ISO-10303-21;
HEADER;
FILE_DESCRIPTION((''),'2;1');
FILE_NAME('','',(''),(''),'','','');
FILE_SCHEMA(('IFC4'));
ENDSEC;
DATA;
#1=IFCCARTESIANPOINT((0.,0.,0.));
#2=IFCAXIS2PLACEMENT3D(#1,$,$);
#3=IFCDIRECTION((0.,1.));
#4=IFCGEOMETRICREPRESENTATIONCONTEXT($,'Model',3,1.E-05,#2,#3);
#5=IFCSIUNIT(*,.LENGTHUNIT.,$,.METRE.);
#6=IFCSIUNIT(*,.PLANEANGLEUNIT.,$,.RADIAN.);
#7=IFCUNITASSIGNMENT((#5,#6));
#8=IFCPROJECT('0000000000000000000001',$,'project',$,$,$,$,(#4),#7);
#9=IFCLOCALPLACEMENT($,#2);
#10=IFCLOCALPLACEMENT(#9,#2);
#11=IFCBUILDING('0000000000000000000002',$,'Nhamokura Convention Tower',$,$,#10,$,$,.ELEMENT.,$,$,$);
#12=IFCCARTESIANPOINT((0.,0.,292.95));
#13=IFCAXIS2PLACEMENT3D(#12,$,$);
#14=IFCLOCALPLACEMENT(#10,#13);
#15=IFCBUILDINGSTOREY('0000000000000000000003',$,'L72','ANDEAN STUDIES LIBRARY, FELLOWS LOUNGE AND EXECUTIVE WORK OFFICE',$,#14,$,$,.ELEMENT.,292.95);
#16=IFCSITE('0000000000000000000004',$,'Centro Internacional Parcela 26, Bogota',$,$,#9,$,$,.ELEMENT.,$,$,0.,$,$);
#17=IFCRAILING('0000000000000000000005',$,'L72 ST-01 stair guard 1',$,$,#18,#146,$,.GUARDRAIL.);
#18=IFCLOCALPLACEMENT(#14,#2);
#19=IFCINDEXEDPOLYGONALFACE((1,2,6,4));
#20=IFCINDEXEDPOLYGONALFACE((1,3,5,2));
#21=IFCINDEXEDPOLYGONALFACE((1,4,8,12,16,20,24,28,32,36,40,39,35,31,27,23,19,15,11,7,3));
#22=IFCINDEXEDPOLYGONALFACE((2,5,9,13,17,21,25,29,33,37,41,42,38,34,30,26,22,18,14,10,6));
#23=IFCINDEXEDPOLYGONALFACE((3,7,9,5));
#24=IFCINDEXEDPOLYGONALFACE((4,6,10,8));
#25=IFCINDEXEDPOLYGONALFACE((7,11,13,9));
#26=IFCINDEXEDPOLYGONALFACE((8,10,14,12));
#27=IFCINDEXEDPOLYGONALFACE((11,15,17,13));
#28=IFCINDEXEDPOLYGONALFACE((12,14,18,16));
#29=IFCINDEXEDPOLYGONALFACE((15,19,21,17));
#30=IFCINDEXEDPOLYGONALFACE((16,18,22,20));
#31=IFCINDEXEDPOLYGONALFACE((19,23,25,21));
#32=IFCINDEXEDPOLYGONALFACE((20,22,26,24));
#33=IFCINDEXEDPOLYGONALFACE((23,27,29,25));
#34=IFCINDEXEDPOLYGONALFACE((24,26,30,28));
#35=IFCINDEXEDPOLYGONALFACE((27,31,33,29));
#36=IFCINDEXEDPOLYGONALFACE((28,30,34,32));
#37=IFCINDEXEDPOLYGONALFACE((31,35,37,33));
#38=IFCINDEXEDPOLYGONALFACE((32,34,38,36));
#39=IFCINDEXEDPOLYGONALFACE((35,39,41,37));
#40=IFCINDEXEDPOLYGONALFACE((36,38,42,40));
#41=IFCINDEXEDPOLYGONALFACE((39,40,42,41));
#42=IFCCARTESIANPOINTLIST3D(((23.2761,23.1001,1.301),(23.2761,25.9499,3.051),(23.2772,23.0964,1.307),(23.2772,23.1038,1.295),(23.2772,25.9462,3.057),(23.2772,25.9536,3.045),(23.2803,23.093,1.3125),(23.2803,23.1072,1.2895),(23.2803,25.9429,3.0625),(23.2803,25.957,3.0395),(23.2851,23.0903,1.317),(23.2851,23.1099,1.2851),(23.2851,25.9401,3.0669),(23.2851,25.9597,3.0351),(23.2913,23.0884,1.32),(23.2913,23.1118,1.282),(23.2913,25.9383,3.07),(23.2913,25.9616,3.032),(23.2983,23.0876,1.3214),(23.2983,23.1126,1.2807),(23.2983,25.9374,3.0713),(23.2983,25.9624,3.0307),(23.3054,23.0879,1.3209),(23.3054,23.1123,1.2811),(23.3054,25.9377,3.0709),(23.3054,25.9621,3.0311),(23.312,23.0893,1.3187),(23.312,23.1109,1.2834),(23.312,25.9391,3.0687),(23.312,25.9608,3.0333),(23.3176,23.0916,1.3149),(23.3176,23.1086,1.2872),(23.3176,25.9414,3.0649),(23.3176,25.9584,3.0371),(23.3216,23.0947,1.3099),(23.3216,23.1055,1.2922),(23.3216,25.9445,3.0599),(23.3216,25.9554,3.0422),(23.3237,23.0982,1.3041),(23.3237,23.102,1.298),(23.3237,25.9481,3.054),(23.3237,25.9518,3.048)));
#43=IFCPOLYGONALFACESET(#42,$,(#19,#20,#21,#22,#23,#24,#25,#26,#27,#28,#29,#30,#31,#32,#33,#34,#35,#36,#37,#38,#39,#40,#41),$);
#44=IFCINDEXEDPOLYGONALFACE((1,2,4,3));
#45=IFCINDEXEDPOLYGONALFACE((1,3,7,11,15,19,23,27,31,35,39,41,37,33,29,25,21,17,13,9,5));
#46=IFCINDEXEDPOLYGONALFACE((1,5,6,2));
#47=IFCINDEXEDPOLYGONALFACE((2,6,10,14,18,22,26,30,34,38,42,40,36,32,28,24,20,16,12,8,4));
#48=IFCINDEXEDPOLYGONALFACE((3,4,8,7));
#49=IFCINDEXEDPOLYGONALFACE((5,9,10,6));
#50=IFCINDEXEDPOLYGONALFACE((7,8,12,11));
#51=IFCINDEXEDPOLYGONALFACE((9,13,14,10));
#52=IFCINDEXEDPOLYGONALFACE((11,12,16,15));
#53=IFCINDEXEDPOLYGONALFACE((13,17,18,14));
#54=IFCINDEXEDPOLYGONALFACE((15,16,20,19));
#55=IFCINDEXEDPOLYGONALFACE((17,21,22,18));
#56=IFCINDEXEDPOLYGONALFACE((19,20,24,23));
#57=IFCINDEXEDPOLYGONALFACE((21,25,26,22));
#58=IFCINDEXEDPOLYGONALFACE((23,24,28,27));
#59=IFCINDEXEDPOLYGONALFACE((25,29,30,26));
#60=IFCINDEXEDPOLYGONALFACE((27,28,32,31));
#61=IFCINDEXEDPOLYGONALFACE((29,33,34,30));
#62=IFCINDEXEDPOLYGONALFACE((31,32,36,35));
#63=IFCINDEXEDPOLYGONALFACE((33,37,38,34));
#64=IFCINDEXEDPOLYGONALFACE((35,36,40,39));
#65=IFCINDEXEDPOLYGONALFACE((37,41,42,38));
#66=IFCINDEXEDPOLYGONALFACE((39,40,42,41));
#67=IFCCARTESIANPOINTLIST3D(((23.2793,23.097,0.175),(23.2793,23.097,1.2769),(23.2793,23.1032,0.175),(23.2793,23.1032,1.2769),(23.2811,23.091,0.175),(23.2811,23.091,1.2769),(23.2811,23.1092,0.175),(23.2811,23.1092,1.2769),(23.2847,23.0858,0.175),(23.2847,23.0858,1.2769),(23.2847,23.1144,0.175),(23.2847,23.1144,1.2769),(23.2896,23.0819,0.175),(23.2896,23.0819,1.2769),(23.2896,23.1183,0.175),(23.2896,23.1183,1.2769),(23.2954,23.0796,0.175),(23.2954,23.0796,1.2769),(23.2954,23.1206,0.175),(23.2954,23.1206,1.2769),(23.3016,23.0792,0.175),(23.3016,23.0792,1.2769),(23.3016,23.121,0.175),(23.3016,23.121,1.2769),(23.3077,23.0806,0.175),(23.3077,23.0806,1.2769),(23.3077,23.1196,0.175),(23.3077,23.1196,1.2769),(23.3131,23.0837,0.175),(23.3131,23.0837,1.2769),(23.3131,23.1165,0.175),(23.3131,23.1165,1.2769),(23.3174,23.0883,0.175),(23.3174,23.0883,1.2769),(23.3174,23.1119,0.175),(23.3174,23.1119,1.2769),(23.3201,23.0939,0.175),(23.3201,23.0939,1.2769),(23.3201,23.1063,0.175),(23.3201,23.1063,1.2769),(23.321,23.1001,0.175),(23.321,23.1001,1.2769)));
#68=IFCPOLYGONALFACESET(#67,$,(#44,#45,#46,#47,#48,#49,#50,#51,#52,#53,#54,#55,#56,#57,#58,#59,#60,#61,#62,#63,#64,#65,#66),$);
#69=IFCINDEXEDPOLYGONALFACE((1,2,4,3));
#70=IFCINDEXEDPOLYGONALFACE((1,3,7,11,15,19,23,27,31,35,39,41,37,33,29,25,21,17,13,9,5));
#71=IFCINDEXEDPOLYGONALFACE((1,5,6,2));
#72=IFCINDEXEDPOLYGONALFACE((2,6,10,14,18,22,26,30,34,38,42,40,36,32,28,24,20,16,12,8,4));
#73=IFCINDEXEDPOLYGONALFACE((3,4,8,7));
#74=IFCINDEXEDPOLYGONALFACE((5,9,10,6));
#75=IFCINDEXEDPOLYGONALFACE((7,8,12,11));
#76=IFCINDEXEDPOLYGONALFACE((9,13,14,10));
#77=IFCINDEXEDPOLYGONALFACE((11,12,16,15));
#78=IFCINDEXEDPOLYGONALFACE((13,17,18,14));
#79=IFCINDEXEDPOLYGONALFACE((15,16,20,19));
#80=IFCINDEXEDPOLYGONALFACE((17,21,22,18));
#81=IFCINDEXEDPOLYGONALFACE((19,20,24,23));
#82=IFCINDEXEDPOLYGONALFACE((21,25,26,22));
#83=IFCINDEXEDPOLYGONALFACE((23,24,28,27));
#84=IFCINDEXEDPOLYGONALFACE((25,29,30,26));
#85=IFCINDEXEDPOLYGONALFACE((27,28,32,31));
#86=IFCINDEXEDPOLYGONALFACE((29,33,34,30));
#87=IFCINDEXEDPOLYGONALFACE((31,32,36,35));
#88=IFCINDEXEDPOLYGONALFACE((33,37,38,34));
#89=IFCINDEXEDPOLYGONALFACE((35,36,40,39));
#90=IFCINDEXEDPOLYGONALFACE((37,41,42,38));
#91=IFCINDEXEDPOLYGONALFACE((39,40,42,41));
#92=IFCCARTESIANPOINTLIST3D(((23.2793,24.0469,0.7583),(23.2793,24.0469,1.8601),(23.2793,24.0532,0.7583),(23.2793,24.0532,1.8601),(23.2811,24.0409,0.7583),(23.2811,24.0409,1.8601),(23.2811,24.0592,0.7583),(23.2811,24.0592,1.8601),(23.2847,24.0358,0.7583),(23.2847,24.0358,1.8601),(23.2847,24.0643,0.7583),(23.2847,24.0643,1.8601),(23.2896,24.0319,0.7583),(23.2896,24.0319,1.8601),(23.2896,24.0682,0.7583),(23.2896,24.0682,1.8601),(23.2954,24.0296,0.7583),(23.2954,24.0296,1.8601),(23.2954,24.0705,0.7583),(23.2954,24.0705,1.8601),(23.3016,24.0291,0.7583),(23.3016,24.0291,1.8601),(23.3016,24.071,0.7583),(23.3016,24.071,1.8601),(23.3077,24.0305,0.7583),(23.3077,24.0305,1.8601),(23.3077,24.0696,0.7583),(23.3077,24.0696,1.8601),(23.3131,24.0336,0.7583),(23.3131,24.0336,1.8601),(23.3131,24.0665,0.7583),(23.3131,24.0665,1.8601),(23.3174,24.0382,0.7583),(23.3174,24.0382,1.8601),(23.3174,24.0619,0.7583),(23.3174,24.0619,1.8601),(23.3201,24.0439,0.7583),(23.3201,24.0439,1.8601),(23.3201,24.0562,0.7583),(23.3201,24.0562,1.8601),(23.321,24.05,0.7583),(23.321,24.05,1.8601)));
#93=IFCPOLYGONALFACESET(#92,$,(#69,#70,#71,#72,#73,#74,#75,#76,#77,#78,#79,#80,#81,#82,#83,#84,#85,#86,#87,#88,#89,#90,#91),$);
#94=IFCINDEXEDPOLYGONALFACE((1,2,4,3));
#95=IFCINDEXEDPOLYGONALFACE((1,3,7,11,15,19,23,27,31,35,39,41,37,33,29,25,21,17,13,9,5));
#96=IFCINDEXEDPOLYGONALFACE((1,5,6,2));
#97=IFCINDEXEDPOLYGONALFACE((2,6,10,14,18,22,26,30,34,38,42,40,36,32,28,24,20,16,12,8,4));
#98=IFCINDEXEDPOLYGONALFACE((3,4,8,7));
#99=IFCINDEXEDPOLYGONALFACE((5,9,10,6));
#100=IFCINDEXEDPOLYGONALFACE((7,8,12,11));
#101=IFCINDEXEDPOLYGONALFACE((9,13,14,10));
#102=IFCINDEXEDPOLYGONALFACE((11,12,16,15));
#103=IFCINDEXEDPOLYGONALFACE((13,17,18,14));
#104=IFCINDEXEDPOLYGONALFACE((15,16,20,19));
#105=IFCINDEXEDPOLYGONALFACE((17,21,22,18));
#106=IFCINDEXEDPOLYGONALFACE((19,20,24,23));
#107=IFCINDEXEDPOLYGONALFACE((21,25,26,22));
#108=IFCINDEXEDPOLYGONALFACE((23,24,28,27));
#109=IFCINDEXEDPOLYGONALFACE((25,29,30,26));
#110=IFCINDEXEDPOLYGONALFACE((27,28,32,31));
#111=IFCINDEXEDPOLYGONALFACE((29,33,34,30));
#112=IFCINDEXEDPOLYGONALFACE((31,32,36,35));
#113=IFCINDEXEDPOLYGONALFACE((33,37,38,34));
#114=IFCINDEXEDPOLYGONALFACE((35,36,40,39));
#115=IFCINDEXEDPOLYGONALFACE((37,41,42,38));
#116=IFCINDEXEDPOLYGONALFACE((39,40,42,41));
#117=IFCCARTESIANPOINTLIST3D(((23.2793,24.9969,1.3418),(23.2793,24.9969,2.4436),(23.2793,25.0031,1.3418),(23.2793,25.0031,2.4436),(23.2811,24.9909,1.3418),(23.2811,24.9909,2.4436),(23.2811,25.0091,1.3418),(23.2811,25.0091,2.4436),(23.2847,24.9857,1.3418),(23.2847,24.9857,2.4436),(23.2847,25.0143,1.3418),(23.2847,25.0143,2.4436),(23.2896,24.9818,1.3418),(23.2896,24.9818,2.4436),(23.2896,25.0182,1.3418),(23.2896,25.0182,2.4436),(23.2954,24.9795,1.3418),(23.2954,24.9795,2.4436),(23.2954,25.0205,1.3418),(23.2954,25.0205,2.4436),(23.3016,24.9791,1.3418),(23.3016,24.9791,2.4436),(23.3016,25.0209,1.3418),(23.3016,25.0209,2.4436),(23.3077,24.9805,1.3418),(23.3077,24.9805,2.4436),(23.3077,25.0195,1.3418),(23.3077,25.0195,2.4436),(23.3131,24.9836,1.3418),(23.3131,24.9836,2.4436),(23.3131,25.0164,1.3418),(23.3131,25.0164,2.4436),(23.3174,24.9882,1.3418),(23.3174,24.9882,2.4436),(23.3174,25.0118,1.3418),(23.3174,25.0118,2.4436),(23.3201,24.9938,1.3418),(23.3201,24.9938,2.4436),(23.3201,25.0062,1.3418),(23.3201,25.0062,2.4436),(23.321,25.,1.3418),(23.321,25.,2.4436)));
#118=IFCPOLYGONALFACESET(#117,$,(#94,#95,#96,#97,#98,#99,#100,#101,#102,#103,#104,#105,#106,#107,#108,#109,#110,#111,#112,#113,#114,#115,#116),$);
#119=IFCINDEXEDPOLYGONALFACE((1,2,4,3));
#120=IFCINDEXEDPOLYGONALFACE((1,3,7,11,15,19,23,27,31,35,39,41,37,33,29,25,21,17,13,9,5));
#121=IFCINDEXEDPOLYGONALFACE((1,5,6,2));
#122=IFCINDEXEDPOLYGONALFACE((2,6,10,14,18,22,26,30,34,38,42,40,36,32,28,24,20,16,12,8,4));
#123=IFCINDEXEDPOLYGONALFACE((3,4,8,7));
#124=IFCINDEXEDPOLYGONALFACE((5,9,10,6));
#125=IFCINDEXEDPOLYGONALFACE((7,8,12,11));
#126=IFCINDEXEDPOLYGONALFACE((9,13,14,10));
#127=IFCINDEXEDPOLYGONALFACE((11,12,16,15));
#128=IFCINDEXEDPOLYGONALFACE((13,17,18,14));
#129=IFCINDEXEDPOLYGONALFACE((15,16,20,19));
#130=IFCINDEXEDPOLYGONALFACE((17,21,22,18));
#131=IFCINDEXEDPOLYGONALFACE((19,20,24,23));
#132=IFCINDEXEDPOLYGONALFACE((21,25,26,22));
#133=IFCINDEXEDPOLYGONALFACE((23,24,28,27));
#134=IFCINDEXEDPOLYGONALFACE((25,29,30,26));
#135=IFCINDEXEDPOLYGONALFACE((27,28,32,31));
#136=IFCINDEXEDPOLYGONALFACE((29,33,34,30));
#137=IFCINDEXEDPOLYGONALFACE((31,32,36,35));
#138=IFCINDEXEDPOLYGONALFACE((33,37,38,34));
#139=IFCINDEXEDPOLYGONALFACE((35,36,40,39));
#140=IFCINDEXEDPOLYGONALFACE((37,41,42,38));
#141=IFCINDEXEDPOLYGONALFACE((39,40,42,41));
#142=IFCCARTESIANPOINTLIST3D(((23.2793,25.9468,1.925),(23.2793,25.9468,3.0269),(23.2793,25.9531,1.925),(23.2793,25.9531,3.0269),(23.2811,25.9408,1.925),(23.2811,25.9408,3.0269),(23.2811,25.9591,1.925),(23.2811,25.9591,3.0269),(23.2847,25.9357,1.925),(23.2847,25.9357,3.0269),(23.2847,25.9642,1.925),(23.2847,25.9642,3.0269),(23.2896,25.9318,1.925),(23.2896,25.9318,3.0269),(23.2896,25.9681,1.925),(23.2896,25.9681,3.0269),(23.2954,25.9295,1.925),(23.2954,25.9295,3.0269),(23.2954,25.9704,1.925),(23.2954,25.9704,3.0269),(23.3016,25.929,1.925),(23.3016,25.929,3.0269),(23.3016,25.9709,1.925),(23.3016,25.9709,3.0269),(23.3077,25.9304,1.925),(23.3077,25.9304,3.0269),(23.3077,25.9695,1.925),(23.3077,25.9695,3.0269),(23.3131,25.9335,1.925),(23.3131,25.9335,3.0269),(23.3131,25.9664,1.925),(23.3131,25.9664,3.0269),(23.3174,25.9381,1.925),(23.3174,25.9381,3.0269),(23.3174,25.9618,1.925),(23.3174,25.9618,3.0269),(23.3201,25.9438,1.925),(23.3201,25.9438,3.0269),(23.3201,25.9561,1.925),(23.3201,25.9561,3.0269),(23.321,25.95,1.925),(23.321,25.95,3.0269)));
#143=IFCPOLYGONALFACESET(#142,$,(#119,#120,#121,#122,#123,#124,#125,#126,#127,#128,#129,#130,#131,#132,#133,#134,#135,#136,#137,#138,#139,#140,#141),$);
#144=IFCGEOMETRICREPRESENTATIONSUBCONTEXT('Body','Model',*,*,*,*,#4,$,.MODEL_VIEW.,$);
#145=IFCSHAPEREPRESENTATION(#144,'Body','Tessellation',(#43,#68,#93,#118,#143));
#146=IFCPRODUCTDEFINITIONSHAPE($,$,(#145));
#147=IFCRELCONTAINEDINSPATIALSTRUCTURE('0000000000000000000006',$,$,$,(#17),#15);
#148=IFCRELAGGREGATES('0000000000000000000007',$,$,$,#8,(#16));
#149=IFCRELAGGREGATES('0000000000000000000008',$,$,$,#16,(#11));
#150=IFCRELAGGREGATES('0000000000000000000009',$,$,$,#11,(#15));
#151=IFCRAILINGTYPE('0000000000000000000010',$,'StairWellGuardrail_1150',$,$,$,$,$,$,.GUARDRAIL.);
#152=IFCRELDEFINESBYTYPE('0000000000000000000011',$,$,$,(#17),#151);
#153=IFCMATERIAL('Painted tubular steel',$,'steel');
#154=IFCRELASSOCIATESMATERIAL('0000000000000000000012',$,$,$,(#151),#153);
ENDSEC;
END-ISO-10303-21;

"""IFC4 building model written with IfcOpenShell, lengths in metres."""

from ifc_helpers import new_model, si_unit, direction, frame, origin, origin_2d, place, context, subcontext, project, spatial, circle, extrude, material, type_object, element, save


model = new_model("IFC4")

# Units and contexts
model_context = context("Model", 3, precision=1e-05, world=origin(), true_north=direction((0.0, 1.0)))
body_context = subcontext(model_context, "Body", "Model", "MODEL_VIEW")
ifc_project = project(units=[si_unit("LENGTHUNIT", "METRE"), si_unit("PLANEANGLEUNIT", "RADIAN")], contexts=[model_context])

# Site, building, storey
site_placement = place(None, origin())
site = spatial("IfcSite", under=ifc_project, at=site_placement, Name="Centro Internacional Parcela 26, Bogota", CompositionType="ELEMENT", RefElevation=0.0)
building_placement = place(site_placement, origin())
building = spatial("IfcBuilding", under=site, at=building_placement, Name="Nhamokura Convention Tower", CompositionType="ELEMENT")
storey_placement = place(building_placement, frame((0.0, 0.0, 292.95)))
storey = spatial("IfcBuildingStorey", under=building, at=storey_placement, Name="L72", Description="ANDEAN STUDIES LIBRARY, FELLOWS LOUNGE AND EXECUTIVE WORK OFFICE", CompositionType="ELEMENT", Elevation=292.95)

# Railing
ifc_material_1 = material(Name="Painted tubular steel", Category="steel")
railing_type_1 = type_object("IfcRailingType", Name="StairWellGuardrail_1150", PredefinedType="GUARDRAIL", material=ifc_material_1)
railing_1_placement = place(storey_placement, frame((23.3, 23.1001, 0.175)))
element("IfcRailing", 1, at=railing_1_placement, inside=storey, type_object=railing_type_1, Name="L72 ST-01 stair guard 1", PredefinedType="GUARDRAIL", context=body_context, shape_type="SweptSolid", body=[
    extrude(circle(Radius=0.0239, at=origin_2d()), frame((0.0, 0.0, 1.126), z_axis=(0.0, 0.852159, 0.523283), x_axis=(-1.0, 0.0, 0.0)), (0.0, 0.0, 1.0), 3.3442),
    extrude(circle(Radius=0.021, at=origin_2d()), origin(), (0.0, 0.0, 1.0), 1.1018),
    extrude(circle(Radius=0.021, at=origin_2d()), frame((0.0, 0.95, 0.5833)), (0.0, 0.0, 1.0), 1.1018),
    extrude(circle(Radius=0.021, at=origin_2d()), frame((0.0, 1.8999, 1.1667)), (0.0, 0.0, 1.0), 1.1018),
    extrude(circle(Radius=0.021, at=origin_2d()), frame((0.0, 2.8499, 1.75)), (0.0, 0.0, 1.0), 1.1018),
])

save(model, "model.ifc")
